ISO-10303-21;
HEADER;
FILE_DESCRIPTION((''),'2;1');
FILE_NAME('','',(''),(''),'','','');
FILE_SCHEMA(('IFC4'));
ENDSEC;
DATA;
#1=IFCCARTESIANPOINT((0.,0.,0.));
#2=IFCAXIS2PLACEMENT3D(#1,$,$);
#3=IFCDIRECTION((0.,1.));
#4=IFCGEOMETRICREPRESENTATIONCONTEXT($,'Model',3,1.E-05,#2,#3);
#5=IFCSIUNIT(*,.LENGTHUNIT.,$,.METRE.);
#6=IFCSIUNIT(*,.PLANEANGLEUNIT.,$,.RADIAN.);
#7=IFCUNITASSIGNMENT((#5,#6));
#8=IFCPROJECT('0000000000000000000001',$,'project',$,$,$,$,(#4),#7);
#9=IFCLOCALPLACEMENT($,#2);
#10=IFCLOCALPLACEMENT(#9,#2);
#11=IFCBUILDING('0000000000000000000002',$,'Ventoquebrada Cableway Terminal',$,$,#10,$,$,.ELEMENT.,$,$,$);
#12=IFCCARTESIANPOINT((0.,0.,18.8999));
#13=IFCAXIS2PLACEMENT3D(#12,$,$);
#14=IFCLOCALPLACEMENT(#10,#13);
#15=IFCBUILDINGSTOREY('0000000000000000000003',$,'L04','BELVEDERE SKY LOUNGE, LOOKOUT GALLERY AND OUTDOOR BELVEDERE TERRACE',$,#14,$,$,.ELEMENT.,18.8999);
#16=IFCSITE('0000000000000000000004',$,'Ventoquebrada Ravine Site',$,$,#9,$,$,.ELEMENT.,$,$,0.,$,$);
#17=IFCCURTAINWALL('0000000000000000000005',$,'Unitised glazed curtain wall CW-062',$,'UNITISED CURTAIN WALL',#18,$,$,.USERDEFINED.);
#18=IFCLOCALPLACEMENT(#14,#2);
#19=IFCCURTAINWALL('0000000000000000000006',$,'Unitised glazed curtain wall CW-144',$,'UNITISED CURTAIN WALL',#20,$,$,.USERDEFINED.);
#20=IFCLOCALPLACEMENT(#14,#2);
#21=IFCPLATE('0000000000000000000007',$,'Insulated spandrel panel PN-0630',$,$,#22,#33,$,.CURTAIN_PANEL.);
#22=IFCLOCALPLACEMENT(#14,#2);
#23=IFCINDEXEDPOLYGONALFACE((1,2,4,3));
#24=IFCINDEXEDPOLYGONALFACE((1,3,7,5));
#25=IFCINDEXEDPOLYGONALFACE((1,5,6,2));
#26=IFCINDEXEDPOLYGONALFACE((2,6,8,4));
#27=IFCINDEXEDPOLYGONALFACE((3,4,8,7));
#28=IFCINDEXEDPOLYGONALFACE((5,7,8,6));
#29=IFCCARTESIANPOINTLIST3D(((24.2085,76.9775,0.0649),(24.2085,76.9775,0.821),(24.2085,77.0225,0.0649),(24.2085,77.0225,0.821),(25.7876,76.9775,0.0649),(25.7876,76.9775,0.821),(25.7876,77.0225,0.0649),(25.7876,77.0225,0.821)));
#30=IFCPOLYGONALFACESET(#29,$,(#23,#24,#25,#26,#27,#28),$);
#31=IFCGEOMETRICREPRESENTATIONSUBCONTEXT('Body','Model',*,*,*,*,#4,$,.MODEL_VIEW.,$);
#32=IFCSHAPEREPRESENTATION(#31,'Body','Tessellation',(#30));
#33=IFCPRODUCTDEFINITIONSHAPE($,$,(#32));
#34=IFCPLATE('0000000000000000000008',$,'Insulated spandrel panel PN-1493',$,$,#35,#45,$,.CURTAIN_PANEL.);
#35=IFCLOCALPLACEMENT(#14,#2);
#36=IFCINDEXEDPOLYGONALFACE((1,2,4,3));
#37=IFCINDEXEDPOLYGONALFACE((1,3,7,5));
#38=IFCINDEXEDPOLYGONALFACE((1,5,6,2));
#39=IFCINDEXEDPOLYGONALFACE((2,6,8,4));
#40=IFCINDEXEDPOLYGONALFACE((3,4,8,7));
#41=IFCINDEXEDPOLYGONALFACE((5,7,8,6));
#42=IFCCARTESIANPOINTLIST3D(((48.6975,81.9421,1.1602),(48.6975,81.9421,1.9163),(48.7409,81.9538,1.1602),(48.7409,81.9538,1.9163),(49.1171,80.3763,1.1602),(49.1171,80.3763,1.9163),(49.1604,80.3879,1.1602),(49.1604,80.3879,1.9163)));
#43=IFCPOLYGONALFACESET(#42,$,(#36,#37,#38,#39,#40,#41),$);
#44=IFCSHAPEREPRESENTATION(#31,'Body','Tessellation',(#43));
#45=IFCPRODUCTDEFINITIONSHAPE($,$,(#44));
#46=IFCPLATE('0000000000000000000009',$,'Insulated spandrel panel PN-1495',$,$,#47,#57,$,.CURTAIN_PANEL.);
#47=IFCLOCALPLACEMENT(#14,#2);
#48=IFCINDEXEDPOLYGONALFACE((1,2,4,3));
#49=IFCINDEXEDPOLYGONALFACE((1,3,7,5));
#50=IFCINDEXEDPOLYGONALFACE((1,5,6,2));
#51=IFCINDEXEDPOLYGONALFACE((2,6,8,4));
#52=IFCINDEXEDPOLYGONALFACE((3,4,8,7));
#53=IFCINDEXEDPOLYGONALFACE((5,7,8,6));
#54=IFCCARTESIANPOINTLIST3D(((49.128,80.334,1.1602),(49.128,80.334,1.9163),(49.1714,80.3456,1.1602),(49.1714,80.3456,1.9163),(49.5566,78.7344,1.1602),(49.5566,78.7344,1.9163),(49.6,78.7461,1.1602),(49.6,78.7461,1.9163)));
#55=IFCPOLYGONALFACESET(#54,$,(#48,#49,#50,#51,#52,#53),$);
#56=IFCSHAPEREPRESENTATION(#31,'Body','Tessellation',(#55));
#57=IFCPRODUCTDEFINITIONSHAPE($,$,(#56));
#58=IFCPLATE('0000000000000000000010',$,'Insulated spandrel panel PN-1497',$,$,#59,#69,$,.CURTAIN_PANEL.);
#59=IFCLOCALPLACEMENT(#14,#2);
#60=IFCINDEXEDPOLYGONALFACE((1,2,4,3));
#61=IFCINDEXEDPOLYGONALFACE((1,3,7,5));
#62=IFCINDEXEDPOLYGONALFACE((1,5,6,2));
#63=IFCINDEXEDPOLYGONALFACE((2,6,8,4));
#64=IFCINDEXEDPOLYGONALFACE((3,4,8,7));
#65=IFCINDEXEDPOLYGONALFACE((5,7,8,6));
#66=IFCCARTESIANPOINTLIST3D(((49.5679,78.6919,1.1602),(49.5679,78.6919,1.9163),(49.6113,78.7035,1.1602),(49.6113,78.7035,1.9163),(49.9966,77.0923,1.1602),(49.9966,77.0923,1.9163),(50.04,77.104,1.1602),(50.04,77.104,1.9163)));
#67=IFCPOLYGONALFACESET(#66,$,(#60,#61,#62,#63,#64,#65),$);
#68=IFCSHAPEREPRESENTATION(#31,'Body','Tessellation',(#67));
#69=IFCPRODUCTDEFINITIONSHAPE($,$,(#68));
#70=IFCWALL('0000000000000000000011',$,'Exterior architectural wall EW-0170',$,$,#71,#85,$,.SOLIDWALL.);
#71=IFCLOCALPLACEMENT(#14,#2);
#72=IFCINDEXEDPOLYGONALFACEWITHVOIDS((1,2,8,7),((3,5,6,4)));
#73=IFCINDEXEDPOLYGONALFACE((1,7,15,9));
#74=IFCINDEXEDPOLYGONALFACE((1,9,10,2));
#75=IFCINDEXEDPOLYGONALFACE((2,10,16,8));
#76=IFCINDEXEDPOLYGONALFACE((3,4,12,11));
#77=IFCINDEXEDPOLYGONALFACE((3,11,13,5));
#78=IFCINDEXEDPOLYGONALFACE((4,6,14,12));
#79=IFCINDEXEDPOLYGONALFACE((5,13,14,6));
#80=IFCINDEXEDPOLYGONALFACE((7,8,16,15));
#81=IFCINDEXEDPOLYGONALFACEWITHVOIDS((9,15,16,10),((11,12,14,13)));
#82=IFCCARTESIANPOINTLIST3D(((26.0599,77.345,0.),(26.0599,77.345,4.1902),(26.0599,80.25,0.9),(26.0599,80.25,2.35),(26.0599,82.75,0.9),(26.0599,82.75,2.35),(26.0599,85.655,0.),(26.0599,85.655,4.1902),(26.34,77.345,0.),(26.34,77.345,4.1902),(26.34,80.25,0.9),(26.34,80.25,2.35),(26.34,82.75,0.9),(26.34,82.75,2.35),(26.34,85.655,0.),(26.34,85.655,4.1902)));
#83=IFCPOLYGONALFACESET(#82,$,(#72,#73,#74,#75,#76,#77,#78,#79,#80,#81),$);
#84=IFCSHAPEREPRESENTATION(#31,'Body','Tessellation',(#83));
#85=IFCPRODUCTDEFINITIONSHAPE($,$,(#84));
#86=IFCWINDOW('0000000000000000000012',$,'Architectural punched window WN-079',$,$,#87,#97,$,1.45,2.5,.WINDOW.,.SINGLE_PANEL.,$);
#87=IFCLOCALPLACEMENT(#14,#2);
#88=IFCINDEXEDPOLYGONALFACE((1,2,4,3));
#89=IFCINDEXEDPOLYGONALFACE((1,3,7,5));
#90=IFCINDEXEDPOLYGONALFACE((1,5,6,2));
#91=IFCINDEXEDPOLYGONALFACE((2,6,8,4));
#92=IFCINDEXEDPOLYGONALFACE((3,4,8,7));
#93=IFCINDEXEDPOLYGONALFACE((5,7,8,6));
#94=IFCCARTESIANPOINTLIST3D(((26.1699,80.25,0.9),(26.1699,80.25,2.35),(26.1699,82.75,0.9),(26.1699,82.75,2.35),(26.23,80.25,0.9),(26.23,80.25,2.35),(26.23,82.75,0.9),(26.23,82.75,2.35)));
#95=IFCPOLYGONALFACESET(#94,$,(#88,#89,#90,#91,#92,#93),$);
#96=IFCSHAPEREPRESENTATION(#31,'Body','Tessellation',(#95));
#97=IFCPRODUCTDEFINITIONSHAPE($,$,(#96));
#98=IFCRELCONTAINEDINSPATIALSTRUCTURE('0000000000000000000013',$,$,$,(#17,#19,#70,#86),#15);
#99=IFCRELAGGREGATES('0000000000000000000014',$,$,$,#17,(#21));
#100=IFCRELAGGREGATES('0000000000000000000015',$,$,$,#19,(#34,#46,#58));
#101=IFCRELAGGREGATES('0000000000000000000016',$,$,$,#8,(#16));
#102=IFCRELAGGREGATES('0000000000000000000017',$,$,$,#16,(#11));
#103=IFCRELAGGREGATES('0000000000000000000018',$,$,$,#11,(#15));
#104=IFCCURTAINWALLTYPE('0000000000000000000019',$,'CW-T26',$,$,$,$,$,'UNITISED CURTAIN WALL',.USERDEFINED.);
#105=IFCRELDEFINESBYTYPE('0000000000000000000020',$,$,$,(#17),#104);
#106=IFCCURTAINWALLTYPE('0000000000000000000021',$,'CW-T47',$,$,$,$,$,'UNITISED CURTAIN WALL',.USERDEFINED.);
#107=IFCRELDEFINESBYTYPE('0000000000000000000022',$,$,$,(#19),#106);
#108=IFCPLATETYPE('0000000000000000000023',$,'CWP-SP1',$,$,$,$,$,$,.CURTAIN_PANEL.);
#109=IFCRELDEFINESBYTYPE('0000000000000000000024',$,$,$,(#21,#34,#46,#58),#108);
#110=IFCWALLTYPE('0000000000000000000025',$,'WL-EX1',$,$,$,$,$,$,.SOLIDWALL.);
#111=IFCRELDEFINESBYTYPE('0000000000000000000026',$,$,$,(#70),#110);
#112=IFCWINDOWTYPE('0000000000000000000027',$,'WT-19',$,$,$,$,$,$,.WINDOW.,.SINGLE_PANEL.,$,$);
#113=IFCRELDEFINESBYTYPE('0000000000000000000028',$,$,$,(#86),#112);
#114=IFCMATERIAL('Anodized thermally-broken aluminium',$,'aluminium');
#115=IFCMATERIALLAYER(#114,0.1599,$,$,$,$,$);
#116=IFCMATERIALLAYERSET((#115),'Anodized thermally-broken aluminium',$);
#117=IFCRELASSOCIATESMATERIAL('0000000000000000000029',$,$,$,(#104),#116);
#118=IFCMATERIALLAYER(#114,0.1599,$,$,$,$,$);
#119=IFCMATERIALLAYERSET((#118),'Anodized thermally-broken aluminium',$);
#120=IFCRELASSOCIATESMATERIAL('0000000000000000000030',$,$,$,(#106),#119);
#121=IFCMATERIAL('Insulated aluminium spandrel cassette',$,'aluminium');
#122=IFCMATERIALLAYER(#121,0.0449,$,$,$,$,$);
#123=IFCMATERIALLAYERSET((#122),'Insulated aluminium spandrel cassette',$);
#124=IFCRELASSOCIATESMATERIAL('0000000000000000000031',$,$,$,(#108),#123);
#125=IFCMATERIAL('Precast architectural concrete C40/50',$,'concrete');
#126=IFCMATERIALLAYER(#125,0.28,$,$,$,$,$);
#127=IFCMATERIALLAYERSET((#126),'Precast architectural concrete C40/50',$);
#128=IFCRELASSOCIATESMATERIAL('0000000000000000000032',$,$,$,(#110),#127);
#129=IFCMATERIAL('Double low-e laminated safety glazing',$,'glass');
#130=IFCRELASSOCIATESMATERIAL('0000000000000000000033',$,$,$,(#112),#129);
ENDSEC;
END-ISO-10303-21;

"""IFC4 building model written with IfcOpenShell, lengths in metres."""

from ifc_helpers import new_model, si_unit, direction, frame, frame_2d, origin, origin_2d, place, context, subcontext, project, spatial, rectangle, extrude, material, layer, layer_set, type_object, element, fill, aggregate, save


model = new_model("IFC4")

# Units and contexts
model_context = context("Model", 3, precision=1e-05, world=origin(), true_north=direction((0.0, 1.0)))
body_context = subcontext(model_context, "Body", "Model", "MODEL_VIEW")
ifc_project = project(units=[si_unit("LENGTHUNIT", "METRE"), si_unit("PLANEANGLEUNIT", "RADIAN")], contexts=[model_context])

# Site, building, storey
site_placement = place(None, origin())
site = spatial("IfcSite", under=ifc_project, at=site_placement, Name="Ventoquebrada Ravine Site", CompositionType="ELEMENT", RefElevation=0.0)
building_placement = place(site_placement, origin())
building = spatial("IfcBuilding", under=site, at=building_placement, Name="Ventoquebrada Cableway Terminal", CompositionType="ELEMENT")
storey_placement = place(building_placement, frame((0.0, 0.0, 18.8999)))
storey = spatial("IfcBuildingStorey", under=building, at=storey_placement, Name="L04", Description="BELVEDERE SKY LOUNGE, LOOKOUT GALLERY AND OUTDOOR BELVEDERE TERRACE", CompositionType="ELEMENT", Elevation=18.8999)

# Curtain wall
ifc_material_1 = material(Name="Anodized thermally-broken aluminium", Category="aluminium")
ifc_layer_1 = layer(ifc_material_1, 0.1599)
ifc_layer_set_1 = layer_set([ifc_layer_1], Name="Anodized thermally-broken aluminium")
curtain_wall_type_1 = type_object("IfcCurtainWallType", Name="CW-T26", ElementType="UNITISED CURTAIN WALL", PredefinedType="USERDEFINED", material=ifc_layer_set_1)
curtain_wall_1_placement = place(storey_placement, origin())
curtain_wall_1 = element("IfcCurtainWall", 1, at=curtain_wall_1_placement, inside=storey, type_object=curtain_wall_type_1, Name="Unitised glazed curtain wall CW-062", ObjectType="UNITISED CURTAIN WALL", PredefinedType="USERDEFINED")

# Curtain wall
ifc_layer_2 = layer(ifc_material_1, 0.1599)
ifc_layer_set_2 = layer_set([ifc_layer_2], Name="Anodized thermally-broken aluminium")
curtain_wall_type_2 = type_object("IfcCurtainWallType", Name="CW-T47", ElementType="UNITISED CURTAIN WALL", PredefinedType="USERDEFINED", material=ifc_layer_set_2)
curtain_wall_2_placement = place(storey_placement, origin())
curtain_wall_2 = element("IfcCurtainWall", 2, at=curtain_wall_2_placement, inside=storey, type_object=curtain_wall_type_2, Name="Unitised glazed curtain wall CW-144", ObjectType="UNITISED CURTAIN WALL", PredefinedType="USERDEFINED")

# Plates
ifc_material_2 = material(Name="Double low-e laminated safety glazing", Category="glass")
ifc_material_3 = material(Name="Insulated aluminium spandrel cassette", Category="aluminium")
ifc_layer_3 = layer(ifc_material_3, 0.0449)
ifc_layer_set_3 = layer_set([ifc_layer_3], Name="Insulated aluminium spandrel cassette")
plate_type_1 = type_object("IfcPlateType", Name="CWP-SP1", PredefinedType="CURTAIN_PANEL", material=ifc_layer_set_3)
plate_1_placement = place(storey_placement, frame((24.998, 77.0, 0.0649), z_axis=(0.0, 0.0, 1.0), x_axis=(1.0, 0.0, 0.0)))
plate_1 = element("IfcPlate", 3, at=plate_1_placement, type_object=plate_type_1, Name="Insulated spandrel panel PN-0630", PredefinedType="CURTAIN_PANEL", context=body_context, shape_type="SweptSolid", body=[
    extrude(rectangle(XDim=1.5791, YDim=0.0449, at=origin_2d()), origin(), (0.0, 0.0, 1.0), 0.7561),
])
aggregate(curtain_wall_1, [plate_1])
plate_2_placement = place(storey_placement, frame((48.929, 81.165, 1.1602), z_axis=(0.0, 0.0, 1.0), x_axis=(0.258836, -0.965921, 0.0)))
plate_2 = element("IfcPlate", 4, at=plate_2_placement, type_object=plate_type_1, Name="Insulated spandrel panel PN-1493", PredefinedType="CURTAIN_PANEL", context=body_context, shape_type="SweptSolid", body=[
    extrude(rectangle(XDim=1.6211, YDim=0.0449, at=origin_2d()), origin(), (0.0, 0.0, 1.0), 0.7561),
])
plate_3_placement = place(storey_placement, frame((49.364, 79.54, 1.1602), z_axis=(0.0, 0.0, 1.0), x_axis=(0.258836, -0.965921, 0.0)))
plate_3 = element("IfcPlate", 5, at=plate_3_placement, type_object=plate_type_1, Name="Insulated spandrel panel PN-1495", PredefinedType="CURTAIN_PANEL", context=body_context, shape_type="SweptSolid", body=[
    extrude(rectangle(XDim=1.656, YDim=0.0449, at=origin_2d()), origin(), (0.0, 0.0, 1.0), 0.7561),
])
plate_4_placement = place(storey_placement, frame((49.804, 77.8979, 1.1602), z_axis=(0.0, 0.0, 1.0), x_axis=(0.258836, -0.965921, 0.0)))
plate_4 = element("IfcPlate", 6, at=plate_4_placement, type_object=plate_type_1, Name="Insulated spandrel panel PN-1497", PredefinedType="CURTAIN_PANEL", context=body_context, shape_type="SweptSolid", body=[
    extrude(rectangle(XDim=1.656, YDim=0.0449, at=origin_2d()), origin(), (0.0, 0.0, 1.0), 0.7561),
])
aggregate(curtain_wall_2, [plate_2, plate_3, plate_4])

# Wall, opening, window
ifc_material_4 = material(Name="Precast architectural concrete C40/50", Category="concrete")
ifc_layer_4 = layer(ifc_material_4, 0.28)
ifc_layer_set_4 = layer_set([ifc_layer_4], Name="Precast architectural concrete C40/50")
wall_type = type_object("IfcWallType", Name="WL-EX1", PredefinedType="SOLIDWALL", material=ifc_layer_set_4)
wall_placement = place(storey_placement, frame((26.2, 77.345, 0.0), z_axis=(0.0, 0.0, 1.0), x_axis=(0.0, 1.0, 0.0)))
wall = element("IfcWall", 7, at=wall_placement, inside=storey, type_object=wall_type, Name="Exterior architectural wall EW-0170", PredefinedType="SOLIDWALL", context=body_context, shape_type="SweptSolid", body=[
    extrude(rectangle(XDim=8.3101, YDim=0.28, at=frame_2d((4.155, 0.0))), origin(), (0.0, 0.0, 1.0), 4.1902),
])
opening_placement = place(wall_placement, frame((2.905, 0.0, 0.8999)))
opening = element("IfcOpeningElement", 8, at=opening_placement, cuts=wall, PredefinedType="OPENING", context=body_context, shape_type="SweptSolid", body=[
    extrude(rectangle(XDim=2.5, YDim=1.45, at=frame_2d((1.25, 0.7251))), frame((0.0, 0.1499, 0.0), z_axis=(0.0, -1.0, 0.0), x_axis=(1.0, 0.0, 0.0)), (0.0, 0.0, 1.0), 0.3),
])
window_type = type_object("IfcWindowType", Name="WT-19", PartitioningType="SINGLE_PANEL", PredefinedType="WINDOW", material=ifc_material_2)
window_placement = place(opening_placement, origin())
window = element("IfcWindow", 9, at=window_placement, inside=storey, type_object=window_type, Name="Architectural punched window WN-079", OverallHeight=1.45, OverallWidth=2.5, PartitioningType="SINGLE_PANEL", PredefinedType="WINDOW", context=body_context, shape_type="SweptSolid", body=[
    extrude(rectangle(XDim=2.5, YDim=1.45, at=frame_2d((1.25, 0.7251))), frame((0.0, 0.03, 0.0), z_axis=(0.0, -1.0, 0.0), x_axis=(1.0, 0.0, 0.0)), (0.0, 0.0, 1.0), 0.0601),
])
fill(opening, window)

save(model, "model.ifc")
